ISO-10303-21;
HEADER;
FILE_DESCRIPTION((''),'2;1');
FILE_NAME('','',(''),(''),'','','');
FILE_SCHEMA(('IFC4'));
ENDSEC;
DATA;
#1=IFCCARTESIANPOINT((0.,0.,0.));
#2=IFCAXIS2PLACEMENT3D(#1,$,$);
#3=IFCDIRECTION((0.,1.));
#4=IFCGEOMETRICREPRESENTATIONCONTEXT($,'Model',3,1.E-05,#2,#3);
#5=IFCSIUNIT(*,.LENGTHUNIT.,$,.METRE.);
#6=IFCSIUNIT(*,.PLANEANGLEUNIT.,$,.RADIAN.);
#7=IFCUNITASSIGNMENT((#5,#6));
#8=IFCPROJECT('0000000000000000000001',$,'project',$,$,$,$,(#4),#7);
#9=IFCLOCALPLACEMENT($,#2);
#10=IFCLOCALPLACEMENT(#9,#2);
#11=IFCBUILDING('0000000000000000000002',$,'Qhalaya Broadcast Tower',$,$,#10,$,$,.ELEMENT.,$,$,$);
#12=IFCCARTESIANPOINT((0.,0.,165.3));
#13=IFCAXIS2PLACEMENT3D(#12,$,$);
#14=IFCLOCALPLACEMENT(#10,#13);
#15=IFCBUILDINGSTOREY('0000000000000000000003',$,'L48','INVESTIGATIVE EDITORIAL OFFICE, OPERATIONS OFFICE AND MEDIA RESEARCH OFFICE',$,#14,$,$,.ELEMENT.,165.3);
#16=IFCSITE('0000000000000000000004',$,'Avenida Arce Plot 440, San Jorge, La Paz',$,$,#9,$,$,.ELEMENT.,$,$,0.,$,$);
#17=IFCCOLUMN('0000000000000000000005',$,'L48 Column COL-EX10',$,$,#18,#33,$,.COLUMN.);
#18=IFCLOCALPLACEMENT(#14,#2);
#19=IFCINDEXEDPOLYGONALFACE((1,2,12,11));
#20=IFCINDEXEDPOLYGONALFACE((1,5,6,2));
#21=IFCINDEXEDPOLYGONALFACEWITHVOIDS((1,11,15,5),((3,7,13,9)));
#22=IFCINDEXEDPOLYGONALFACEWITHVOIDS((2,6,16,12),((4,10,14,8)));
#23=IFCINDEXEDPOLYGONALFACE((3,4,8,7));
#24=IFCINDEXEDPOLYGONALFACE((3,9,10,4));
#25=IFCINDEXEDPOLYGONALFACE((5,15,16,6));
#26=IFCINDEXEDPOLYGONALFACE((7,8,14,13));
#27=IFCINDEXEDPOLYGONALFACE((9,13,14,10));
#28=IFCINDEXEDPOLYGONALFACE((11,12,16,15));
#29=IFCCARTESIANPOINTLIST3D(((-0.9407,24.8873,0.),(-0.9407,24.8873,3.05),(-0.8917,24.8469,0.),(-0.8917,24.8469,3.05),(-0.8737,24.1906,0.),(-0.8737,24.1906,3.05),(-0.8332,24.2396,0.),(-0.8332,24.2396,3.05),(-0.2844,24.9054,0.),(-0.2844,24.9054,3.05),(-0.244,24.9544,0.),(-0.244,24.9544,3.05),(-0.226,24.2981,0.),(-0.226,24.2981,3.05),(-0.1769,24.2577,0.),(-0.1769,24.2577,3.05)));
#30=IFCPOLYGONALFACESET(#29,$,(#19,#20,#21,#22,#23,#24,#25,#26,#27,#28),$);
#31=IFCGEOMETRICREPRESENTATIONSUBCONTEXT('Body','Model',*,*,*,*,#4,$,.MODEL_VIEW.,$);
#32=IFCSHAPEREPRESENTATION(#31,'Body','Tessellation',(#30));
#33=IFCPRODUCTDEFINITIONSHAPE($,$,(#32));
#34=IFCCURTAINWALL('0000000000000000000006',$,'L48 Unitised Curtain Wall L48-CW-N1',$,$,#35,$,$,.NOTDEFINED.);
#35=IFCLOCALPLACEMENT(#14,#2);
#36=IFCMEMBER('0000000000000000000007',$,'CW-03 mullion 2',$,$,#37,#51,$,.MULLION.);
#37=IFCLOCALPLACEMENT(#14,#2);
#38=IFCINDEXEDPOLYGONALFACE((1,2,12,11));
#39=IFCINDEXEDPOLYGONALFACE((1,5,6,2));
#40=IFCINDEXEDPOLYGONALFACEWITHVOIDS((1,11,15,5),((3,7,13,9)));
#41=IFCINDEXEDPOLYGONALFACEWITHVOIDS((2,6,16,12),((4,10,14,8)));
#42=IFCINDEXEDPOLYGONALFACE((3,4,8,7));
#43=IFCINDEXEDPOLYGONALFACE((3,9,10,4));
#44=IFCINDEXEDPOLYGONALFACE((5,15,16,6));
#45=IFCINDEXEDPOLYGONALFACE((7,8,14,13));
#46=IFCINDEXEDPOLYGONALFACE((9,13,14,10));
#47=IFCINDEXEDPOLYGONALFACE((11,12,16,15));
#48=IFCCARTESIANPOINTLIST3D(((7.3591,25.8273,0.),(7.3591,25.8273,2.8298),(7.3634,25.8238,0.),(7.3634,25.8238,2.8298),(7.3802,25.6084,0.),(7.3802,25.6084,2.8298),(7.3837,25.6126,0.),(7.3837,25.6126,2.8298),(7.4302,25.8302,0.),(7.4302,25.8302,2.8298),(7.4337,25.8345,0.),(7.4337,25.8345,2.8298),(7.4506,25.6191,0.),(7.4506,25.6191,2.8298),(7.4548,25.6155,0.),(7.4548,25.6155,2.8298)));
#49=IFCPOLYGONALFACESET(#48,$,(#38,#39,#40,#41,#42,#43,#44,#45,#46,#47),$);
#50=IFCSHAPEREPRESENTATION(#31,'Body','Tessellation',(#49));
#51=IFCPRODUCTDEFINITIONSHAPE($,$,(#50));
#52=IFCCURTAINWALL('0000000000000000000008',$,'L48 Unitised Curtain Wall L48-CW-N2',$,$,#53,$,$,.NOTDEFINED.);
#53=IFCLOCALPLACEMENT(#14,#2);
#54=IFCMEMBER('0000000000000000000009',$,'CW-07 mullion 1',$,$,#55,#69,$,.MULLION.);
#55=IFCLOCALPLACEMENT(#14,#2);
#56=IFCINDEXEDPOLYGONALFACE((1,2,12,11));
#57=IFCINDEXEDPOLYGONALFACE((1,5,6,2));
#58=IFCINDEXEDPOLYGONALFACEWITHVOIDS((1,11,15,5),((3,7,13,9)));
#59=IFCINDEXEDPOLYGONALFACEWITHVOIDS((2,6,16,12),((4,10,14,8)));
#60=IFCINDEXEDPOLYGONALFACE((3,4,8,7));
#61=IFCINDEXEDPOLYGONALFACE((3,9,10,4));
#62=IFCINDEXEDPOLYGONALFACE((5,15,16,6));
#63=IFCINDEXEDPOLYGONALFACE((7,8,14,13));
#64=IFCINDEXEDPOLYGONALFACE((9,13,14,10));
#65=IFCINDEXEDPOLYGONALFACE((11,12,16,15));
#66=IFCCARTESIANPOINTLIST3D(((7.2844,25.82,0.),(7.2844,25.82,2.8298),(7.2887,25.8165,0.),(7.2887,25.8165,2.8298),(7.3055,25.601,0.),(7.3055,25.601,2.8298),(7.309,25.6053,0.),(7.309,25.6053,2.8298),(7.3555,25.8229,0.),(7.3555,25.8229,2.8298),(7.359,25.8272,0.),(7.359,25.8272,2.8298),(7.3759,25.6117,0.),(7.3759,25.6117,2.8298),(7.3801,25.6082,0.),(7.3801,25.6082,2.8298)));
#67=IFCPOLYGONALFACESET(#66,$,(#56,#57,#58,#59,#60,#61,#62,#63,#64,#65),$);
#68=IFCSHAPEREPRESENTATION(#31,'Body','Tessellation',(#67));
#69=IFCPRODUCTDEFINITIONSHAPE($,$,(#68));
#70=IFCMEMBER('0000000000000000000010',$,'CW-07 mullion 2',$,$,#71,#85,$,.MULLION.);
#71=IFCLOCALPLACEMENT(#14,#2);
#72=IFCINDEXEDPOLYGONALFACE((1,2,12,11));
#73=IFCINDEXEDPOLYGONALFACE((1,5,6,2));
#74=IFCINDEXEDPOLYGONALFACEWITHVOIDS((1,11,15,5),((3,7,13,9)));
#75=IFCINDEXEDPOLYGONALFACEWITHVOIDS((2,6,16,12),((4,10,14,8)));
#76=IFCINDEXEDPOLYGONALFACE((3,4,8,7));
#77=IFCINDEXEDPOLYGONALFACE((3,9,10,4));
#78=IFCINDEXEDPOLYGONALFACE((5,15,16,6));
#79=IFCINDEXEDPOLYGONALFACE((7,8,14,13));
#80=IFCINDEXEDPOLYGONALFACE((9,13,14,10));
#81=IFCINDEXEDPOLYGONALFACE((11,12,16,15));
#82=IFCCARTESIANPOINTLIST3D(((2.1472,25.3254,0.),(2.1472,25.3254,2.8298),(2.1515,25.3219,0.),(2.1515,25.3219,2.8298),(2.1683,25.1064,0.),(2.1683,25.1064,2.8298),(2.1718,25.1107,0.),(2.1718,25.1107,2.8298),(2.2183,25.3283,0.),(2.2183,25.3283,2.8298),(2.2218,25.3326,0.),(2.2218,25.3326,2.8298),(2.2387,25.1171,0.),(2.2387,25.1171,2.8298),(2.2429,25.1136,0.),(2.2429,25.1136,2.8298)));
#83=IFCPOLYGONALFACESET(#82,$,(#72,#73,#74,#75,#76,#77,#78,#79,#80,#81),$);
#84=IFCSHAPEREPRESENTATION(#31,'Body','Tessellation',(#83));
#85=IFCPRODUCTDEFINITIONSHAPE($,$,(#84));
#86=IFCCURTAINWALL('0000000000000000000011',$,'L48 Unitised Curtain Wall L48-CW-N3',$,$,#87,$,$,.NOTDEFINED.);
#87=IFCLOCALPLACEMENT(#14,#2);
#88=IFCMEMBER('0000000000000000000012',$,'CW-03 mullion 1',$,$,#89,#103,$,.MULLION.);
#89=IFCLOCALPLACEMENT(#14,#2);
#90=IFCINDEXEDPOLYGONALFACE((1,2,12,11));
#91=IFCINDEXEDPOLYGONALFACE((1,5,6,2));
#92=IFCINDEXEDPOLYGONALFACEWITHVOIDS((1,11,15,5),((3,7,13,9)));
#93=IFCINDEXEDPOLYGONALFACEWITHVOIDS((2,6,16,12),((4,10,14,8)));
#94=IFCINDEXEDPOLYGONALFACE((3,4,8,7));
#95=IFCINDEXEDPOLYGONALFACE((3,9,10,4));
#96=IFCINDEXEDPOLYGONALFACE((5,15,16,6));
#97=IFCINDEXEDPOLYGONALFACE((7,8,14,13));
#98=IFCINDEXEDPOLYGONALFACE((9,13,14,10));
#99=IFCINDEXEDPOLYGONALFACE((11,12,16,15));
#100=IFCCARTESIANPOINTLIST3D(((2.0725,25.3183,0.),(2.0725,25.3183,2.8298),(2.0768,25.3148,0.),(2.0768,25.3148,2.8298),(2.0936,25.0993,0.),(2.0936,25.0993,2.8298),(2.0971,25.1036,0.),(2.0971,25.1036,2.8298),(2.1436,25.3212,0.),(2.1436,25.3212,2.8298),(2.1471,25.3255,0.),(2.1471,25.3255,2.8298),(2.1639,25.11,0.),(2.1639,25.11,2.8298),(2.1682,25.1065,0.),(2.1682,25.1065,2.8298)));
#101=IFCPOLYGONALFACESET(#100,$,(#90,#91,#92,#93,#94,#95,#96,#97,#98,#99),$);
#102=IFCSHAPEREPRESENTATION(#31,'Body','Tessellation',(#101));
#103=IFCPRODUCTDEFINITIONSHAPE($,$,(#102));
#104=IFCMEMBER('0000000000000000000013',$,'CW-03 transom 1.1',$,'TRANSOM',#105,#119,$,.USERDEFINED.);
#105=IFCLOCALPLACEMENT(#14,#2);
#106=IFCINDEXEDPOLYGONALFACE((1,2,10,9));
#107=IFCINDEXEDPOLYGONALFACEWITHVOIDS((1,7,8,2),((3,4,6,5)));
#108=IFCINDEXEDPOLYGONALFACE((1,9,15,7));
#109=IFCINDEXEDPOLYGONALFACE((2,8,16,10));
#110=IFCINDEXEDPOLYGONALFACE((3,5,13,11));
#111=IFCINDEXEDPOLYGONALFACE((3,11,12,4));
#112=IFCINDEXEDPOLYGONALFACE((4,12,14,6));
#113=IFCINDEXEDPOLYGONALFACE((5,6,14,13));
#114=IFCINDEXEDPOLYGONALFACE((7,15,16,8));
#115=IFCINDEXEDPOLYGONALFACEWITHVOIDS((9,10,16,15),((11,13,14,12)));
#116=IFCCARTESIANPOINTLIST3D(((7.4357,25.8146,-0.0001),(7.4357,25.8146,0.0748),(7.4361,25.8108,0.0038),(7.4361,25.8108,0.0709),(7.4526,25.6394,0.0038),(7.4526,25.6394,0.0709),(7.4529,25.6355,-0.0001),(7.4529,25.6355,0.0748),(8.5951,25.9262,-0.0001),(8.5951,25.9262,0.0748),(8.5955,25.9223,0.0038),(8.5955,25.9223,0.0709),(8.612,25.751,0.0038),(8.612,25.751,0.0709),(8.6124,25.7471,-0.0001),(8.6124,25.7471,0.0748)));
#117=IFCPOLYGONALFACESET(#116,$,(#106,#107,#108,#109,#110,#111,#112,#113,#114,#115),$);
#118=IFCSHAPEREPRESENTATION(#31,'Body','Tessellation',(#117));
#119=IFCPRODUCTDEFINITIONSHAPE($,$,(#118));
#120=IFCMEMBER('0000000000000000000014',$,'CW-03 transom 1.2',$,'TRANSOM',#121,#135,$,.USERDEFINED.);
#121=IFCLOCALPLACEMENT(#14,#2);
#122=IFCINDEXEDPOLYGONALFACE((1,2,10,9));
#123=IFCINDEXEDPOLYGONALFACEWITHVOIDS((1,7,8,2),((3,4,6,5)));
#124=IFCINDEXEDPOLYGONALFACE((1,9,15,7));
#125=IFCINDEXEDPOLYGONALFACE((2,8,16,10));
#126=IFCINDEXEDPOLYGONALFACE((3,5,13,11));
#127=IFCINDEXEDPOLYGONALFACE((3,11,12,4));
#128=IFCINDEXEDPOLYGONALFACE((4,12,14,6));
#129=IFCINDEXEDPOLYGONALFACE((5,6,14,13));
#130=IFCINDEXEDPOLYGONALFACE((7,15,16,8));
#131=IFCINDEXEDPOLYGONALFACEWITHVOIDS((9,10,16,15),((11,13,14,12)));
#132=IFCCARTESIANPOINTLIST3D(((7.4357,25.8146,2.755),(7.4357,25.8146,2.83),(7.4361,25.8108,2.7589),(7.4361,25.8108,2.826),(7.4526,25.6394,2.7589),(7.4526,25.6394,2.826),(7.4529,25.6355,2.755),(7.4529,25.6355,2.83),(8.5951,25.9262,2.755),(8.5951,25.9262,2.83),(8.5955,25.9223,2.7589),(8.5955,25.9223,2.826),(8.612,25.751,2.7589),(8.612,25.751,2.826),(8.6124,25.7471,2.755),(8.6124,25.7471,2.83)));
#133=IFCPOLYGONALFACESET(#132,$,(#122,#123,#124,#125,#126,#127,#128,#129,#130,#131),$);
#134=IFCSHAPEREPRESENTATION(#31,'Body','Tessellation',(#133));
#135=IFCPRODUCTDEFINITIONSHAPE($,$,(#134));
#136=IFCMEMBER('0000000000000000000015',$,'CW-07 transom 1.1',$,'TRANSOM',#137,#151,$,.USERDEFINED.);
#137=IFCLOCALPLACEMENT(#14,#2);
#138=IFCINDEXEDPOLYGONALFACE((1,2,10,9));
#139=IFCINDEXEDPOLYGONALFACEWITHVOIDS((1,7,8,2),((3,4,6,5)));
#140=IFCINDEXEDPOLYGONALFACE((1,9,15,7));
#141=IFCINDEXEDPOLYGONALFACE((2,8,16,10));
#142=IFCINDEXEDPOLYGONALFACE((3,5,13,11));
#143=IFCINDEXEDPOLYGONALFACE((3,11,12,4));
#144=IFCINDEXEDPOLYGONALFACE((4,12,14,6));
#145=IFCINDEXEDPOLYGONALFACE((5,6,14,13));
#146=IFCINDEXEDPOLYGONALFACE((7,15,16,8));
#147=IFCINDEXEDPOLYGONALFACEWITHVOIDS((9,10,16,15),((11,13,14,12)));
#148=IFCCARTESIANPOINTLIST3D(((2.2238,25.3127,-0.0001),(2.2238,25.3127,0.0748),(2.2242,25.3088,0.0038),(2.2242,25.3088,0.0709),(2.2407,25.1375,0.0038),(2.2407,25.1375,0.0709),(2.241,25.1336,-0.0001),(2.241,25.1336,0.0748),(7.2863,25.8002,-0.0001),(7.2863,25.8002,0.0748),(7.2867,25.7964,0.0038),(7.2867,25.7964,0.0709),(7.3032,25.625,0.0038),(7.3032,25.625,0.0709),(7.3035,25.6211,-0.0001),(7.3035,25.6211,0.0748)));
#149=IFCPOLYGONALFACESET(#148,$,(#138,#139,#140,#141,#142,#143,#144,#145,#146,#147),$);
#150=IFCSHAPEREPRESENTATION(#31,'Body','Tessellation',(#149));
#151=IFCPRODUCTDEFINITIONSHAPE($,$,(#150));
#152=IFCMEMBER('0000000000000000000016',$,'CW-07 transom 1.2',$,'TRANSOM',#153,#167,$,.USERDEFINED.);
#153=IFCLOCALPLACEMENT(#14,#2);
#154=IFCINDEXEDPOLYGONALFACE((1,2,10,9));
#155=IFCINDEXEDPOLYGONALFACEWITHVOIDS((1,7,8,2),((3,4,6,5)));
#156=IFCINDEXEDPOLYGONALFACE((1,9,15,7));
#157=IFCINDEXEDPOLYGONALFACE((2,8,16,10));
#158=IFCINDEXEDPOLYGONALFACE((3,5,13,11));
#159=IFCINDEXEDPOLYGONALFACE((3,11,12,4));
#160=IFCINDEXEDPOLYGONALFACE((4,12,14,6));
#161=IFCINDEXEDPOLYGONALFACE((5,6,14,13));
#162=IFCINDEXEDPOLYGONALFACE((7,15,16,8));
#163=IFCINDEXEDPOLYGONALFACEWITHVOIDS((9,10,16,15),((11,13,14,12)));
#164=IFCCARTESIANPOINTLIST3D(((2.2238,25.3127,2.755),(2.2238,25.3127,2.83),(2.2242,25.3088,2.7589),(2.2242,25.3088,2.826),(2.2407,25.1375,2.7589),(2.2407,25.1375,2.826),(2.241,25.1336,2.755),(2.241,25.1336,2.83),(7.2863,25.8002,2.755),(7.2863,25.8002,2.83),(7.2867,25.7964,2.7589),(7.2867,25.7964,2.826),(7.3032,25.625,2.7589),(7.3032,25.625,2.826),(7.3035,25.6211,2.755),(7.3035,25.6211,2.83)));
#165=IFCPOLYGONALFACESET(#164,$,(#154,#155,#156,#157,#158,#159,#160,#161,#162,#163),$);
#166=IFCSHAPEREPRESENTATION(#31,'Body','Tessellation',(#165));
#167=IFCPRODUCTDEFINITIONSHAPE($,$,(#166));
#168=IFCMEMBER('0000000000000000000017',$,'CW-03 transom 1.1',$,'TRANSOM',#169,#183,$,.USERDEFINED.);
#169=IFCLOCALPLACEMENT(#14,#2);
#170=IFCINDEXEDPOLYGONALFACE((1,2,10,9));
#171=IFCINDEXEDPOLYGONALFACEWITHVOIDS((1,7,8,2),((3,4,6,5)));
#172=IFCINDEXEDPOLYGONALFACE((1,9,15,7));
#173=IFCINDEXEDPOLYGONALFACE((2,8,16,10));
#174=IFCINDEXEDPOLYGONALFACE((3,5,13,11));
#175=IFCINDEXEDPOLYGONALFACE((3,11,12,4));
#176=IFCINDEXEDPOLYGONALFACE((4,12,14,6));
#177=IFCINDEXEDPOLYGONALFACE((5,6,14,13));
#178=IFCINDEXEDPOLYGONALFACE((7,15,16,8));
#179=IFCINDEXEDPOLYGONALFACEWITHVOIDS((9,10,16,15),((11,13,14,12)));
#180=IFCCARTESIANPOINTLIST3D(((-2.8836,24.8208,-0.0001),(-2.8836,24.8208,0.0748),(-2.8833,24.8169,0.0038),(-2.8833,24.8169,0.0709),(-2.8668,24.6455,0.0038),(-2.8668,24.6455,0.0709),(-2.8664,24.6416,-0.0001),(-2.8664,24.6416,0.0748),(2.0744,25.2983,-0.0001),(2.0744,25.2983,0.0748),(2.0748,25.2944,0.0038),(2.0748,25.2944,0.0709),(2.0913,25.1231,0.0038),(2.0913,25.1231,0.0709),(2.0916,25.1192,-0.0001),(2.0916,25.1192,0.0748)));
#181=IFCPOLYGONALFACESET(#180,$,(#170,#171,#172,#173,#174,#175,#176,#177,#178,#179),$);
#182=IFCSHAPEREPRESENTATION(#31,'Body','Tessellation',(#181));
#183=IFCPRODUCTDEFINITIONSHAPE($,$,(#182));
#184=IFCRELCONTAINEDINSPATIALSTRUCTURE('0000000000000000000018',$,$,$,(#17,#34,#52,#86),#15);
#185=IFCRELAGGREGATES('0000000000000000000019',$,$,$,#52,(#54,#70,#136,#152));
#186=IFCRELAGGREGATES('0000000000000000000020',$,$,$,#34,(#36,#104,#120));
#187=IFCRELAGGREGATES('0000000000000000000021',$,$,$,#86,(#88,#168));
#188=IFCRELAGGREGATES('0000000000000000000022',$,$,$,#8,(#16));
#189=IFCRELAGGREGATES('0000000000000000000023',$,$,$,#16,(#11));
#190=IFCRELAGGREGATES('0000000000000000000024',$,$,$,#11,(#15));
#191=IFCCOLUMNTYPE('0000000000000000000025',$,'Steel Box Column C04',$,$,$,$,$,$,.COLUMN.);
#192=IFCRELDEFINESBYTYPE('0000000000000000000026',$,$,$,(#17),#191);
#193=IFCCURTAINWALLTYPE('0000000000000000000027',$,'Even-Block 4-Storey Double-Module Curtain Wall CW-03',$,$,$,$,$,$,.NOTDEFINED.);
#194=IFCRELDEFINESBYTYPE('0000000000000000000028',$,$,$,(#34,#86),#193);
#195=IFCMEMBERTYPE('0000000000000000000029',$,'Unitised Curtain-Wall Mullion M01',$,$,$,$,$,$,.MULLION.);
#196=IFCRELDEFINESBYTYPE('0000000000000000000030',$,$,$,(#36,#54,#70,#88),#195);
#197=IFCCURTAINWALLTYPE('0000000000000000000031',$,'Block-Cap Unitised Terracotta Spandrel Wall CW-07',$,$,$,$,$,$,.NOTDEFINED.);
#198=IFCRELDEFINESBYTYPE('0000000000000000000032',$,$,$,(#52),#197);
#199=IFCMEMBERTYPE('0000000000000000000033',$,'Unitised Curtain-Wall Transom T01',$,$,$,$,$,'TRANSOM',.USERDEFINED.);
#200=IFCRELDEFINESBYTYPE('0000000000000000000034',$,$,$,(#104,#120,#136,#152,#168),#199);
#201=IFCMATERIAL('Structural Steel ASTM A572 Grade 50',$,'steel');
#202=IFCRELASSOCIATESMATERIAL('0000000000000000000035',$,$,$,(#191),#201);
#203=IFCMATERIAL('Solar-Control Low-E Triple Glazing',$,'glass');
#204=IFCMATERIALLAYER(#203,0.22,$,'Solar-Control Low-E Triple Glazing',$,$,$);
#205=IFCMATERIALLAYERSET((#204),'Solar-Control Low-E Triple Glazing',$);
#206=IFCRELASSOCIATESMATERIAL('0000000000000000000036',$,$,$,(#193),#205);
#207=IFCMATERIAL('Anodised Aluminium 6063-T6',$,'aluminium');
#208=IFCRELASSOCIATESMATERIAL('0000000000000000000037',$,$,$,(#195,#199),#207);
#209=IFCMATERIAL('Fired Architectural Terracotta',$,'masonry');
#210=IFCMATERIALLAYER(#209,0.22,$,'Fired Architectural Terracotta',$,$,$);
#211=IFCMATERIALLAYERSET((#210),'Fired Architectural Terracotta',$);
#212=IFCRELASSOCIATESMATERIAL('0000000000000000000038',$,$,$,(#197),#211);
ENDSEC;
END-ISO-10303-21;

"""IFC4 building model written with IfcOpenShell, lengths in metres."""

from ifc_helpers import new_model, si_unit, direction, frame, origin, origin_2d, place, context, subcontext, project, spatial, hollow_rectangle, extrude, material, layer, layer_set, material_profile, profile_set, type_object, element, aggregate, save


model = new_model("IFC4")

# Units and contexts
model_context = context("Model", 3, precision=1e-05, world=origin(), true_north=direction((0.0, 1.0)))
body_context = subcontext(model_context, "Body", "Model", "MODEL_VIEW")
ifc_project = project(units=[si_unit("LENGTHUNIT", "METRE"), si_unit("PLANEANGLEUNIT", "RADIAN")], contexts=[model_context])

# Site, building, storey
site_placement = place(None, origin())
site = spatial("IfcSite", under=ifc_project, at=site_placement, Name="Avenida Arce Plot 440, San Jorge, La Paz", CompositionType="ELEMENT", RefElevation=0.0)
building_placement = place(site_placement, origin())
building = spatial("IfcBuilding", under=site, at=building_placement, Name="Qhalaya Broadcast Tower", CompositionType="ELEMENT")
storey_placement = place(building_placement, frame((0.0, 0.0, 165.3)))
storey = spatial("IfcBuildingStorey", under=building, at=storey_placement, Name="L48", Description="INVESTIGATIVE EDITORIAL OFFICE, OPERATIONS OFFICE AND MEDIA RESEARCH OFFICE", CompositionType="ELEMENT", Elevation=165.3)

# Column
ifc_material_1 = material(Name="Structural Steel ASTM A572 Grade 50", Category="steel")
ifc_material_profile_1 = material_profile(ifc_material_1, hollow_rectangle(XDim=0.7, YDim=0.7, WallThickness=0.0449, at=origin_2d()), Name="BOX 700x700x45")
ifc_profile_set_1 = profile_set([ifc_material_profile_1], Name="Structural Steel ASTM A572 Grade 50")
column_type = type_object("IfcColumnType", Name="Steel Box Column C04", PredefinedType="COLUMN", material=ifc_profile_set_1)
column_placement = place(storey_placement, frame((-0.5588, 24.5725, 0.0), z_axis=(0.0, 0.0, 1.0), x_axis=(0.995396, 0.095846, 0.0)))
element("IfcColumn", 1, at=column_placement, inside=storey, type_object=column_type, Name="L48 Column COL-EX10", PredefinedType="COLUMN", context=body_context, shape_type="SweptSolid", body=[
    extrude(hollow_rectangle(XDim=0.7, YDim=0.7, WallThickness=0.0449, at=origin_2d()), origin(), (0.0, 0.0, 1.0), 3.05),
])

# Curtain wall, member
ifc_material_2 = material(Name="Solar-Control Low-E Triple Glazing", Category="glass")
ifc_layer_1 = layer(ifc_material_2, 0.22, Name="Solar-Control Low-E Triple Glazing")
ifc_layer_set_1 = layer_set([ifc_layer_1], Name="Solar-Control Low-E Triple Glazing")
curtain_wall_type_1 = type_object("IfcCurtainWallType", Name="Even-Block 4-Storey Double-Module Curtain Wall CW-03", PredefinedType="NOTDEFINED", material=ifc_layer_set_1)
curtain_wall_1_placement = place(storey_placement, origin())
curtain_wall_1 = element("IfcCurtainWall", 2, at=curtain_wall_1_placement, inside=storey, type_object=curtain_wall_type_1, Name="L48 Unitised Curtain Wall L48-CW-N1", PredefinedType="NOTDEFINED")
ifc_material_3 = material(Name="Anodised Aluminium 6063-T6", Category="aluminium")
ifc_material_profile_2 = material_profile(ifc_material_3, hollow_rectangle(XDim=0.075, YDim=0.22, WallThickness=0.0039, at=origin_2d()), Name="ALU-MUL 75x220x4")
ifc_profile_set_2 = profile_set([ifc_material_profile_2], Name="Anodised Aluminium 6063-T6")
member_type_1 = type_object("IfcMemberType", Name="Unitised Curtain-Wall Mullion M01", PredefinedType="MULLION", material=ifc_profile_set_2)
member_1_placement = place(storey_placement, frame((7.407, 25.7214, 0.0), z_axis=(0.0, 0.0, 1.0), x_axis=(-0.995399, -0.095821, 0.0)))
member_1 = element("IfcMember", 3, at=member_1_placement, type_object=member_type_1, Name="CW-03 mullion 2", PredefinedType="MULLION", context=body_context, shape_type="SweptSolid", body=[
    extrude(hollow_rectangle(XDim=0.075, YDim=0.22, WallThickness=0.0039, at=origin_2d()), origin(), (0.0, 0.0, 1.0), 2.8298),
])

# Curtain wall, members
ifc_material_4 = material(Name="Fired Architectural Terracotta", Category="masonry")
ifc_layer_2 = layer(ifc_material_4, 0.22, Name="Fired Architectural Terracotta")
ifc_layer_set_2 = layer_set([ifc_layer_2], Name="Fired Architectural Terracotta")
curtain_wall_type_2 = type_object("IfcCurtainWallType", Name="Block-Cap Unitised Terracotta Spandrel Wall CW-07", PredefinedType="NOTDEFINED", material=ifc_layer_set_2)
curtain_wall_2_placement = place(storey_placement, origin())
curtain_wall_2 = element("IfcCurtainWall", 4, at=curtain_wall_2_placement, inside=storey, type_object=curtain_wall_type_2, Name="L48 Unitised Curtain Wall L48-CW-N2", PredefinedType="NOTDEFINED")
member_2_placement = place(storey_placement, frame((7.3323, 25.7141, 0.0), z_axis=(0.0, 0.0, 1.0), x_axis=(-0.995395, -0.095855, 0.0)))
member_2 = element("IfcMember", 5, at=member_2_placement, type_object=member_type_1, Name="CW-07 mullion 1", PredefinedType="MULLION", context=body_context, shape_type="SweptSolid", body=[
    extrude(hollow_rectangle(XDim=0.075, YDim=0.22, WallThickness=0.0039, at=origin_2d()), origin(), (0.0, 0.0, 1.0), 2.8298),
])
member_3_placement = place(storey_placement, frame((2.1951, 25.2195, 0.0), z_axis=(0.0, 0.0, 1.0), x_axis=(-0.995395, -0.095855, 0.0)))
member_3 = element("IfcMember", 6, at=member_3_placement, type_object=member_type_1, Name="CW-07 mullion 2", PredefinedType="MULLION", context=body_context, shape_type="SweptSolid", body=[
    extrude(hollow_rectangle(XDim=0.075, YDim=0.22, WallThickness=0.0039, at=origin_2d()), origin(), (0.0, 0.0, 1.0), 2.8298),
])

# Curtain wall, member
curtain_wall_3_placement = place(storey_placement, origin())
curtain_wall_3 = element("IfcCurtainWall", 7, at=curtain_wall_3_placement, inside=storey, type_object=curtain_wall_type_1, Name="L48 Unitised Curtain Wall L48-CW-N3", PredefinedType="NOTDEFINED")
member_4_placement = place(storey_placement, frame((2.1204, 25.2124, 0.0), z_axis=(0.0, 0.0, 1.0), x_axis=(-0.995396, -0.095848, 0.0)))
member_4 = element("IfcMember", 8, at=member_4_placement, type_object=member_type_1, Name="CW-03 mullion 1", PredefinedType="MULLION", context=body_context, shape_type="SweptSolid", body=[
    extrude(hollow_rectangle(XDim=0.075, YDim=0.22, WallThickness=0.0039, at=origin_2d()), origin(), (0.0, 0.0, 1.0), 2.8298),
])

# Members
ifc_material_profile_3 = material_profile(ifc_material_3, hollow_rectangle(XDim=0.075, YDim=0.1799, WallThickness=0.0039, at=origin_2d()), Name="ALU-TRN 75x180x4")
ifc_profile_set_3 = profile_set([ifc_material_profile_3], Name="Anodised Aluminium 6063-T6")
member_type_2 = type_object("IfcMemberType", Name="Unitised Curtain-Wall Transom T01", ElementType="TRANSOM", PredefinedType="USERDEFINED", material=ifc_profile_set_3)
member_5_placement = place(storey_placement, frame((8.6038, 25.8367, 0.0374), z_axis=(-0.995402, -0.095788, 0.0), x_axis=(0.0, 0.0, 1.0)))
member_5 = element("IfcMember", 9, at=member_5_placement, type_object=member_type_2, Name="CW-03 transom 1.1", ObjectType="TRANSOM", PredefinedType="USERDEFINED", context=body_context, shape_type="SweptSolid", body=[
    extrude(hollow_rectangle(XDim=0.075, YDim=0.1799, WallThickness=0.0039, at=origin_2d()), origin(), (0.0, 0.0, 1.0), 1.1648),
])
member_6_placement = place(storey_placement, frame((8.6038, 25.8367, 2.7925), z_axis=(-0.995402, -0.095788, 0.0), x_axis=(0.0, 0.0, 1.0)))
member_6 = element("IfcMember", 10, at=member_6_placement, type_object=member_type_2, Name="CW-03 transom 1.2", ObjectType="TRANSOM", PredefinedType="USERDEFINED", context=body_context, shape_type="SweptSolid", body=[
    extrude(hollow_rectangle(XDim=0.075, YDim=0.1799, WallThickness=0.0039, at=origin_2d()), origin(), (0.0, 0.0, 1.0), 1.1648),
])
member_7_placement = place(storey_placement, frame((7.2949, 25.7107, 0.0374), z_axis=(-0.995395, -0.095862, 0.0), x_axis=(0.0, 0.0, 1.0)))
member_7 = element("IfcMember", 11, at=member_7_placement, type_object=member_type_2, Name="CW-07 transom 1.1", ObjectType="TRANSOM", PredefinedType="USERDEFINED", context=body_context, shape_type="SweptSolid", body=[
    extrude(hollow_rectangle(XDim=0.075, YDim=0.1799, WallThickness=0.0039, at=origin_2d()), origin(), (0.0, 0.0, 1.0), 5.0859),
])
member_8_placement = place(storey_placement, frame((7.2949, 25.7107, 2.7925), z_axis=(-0.995395, -0.095862, 0.0), x_axis=(0.0, 0.0, 1.0)))
member_8 = element("IfcMember", 12, at=member_8_placement, type_object=member_type_2, Name="CW-07 transom 1.2", ObjectType="TRANSOM", PredefinedType="USERDEFINED", context=body_context, shape_type="SweptSolid", body=[
    extrude(hollow_rectangle(XDim=0.075, YDim=0.1799, WallThickness=0.0039, at=origin_2d()), origin(), (0.0, 0.0, 1.0), 5.0859),
])
member_9_placement = place(storey_placement, frame((2.083, 25.2087, 0.0374), z_axis=(-0.995394, -0.095873, 0.0), x_axis=(0.0, 0.0, 1.0)))
member_9 = element("IfcMember", 13, at=member_9_placement, type_object=member_type_2, Name="CW-03 transom 1.1", ObjectType="TRANSOM", PredefinedType="USERDEFINED", context=body_context, shape_type="SweptSolid", body=[
    extrude(hollow_rectangle(XDim=0.075, YDim=0.1799, WallThickness=0.0039, at=origin_2d()), origin(), (0.0, 0.0, 1.0), 4.981),
])

aggregate(curtain_wall_2, [member_2, member_3, member_7, member_8])
aggregate(curtain_wall_1, [member_1, member_5, member_6])
aggregate(curtain_wall_3, [member_4, member_9])

save(model, "model.ifc")
